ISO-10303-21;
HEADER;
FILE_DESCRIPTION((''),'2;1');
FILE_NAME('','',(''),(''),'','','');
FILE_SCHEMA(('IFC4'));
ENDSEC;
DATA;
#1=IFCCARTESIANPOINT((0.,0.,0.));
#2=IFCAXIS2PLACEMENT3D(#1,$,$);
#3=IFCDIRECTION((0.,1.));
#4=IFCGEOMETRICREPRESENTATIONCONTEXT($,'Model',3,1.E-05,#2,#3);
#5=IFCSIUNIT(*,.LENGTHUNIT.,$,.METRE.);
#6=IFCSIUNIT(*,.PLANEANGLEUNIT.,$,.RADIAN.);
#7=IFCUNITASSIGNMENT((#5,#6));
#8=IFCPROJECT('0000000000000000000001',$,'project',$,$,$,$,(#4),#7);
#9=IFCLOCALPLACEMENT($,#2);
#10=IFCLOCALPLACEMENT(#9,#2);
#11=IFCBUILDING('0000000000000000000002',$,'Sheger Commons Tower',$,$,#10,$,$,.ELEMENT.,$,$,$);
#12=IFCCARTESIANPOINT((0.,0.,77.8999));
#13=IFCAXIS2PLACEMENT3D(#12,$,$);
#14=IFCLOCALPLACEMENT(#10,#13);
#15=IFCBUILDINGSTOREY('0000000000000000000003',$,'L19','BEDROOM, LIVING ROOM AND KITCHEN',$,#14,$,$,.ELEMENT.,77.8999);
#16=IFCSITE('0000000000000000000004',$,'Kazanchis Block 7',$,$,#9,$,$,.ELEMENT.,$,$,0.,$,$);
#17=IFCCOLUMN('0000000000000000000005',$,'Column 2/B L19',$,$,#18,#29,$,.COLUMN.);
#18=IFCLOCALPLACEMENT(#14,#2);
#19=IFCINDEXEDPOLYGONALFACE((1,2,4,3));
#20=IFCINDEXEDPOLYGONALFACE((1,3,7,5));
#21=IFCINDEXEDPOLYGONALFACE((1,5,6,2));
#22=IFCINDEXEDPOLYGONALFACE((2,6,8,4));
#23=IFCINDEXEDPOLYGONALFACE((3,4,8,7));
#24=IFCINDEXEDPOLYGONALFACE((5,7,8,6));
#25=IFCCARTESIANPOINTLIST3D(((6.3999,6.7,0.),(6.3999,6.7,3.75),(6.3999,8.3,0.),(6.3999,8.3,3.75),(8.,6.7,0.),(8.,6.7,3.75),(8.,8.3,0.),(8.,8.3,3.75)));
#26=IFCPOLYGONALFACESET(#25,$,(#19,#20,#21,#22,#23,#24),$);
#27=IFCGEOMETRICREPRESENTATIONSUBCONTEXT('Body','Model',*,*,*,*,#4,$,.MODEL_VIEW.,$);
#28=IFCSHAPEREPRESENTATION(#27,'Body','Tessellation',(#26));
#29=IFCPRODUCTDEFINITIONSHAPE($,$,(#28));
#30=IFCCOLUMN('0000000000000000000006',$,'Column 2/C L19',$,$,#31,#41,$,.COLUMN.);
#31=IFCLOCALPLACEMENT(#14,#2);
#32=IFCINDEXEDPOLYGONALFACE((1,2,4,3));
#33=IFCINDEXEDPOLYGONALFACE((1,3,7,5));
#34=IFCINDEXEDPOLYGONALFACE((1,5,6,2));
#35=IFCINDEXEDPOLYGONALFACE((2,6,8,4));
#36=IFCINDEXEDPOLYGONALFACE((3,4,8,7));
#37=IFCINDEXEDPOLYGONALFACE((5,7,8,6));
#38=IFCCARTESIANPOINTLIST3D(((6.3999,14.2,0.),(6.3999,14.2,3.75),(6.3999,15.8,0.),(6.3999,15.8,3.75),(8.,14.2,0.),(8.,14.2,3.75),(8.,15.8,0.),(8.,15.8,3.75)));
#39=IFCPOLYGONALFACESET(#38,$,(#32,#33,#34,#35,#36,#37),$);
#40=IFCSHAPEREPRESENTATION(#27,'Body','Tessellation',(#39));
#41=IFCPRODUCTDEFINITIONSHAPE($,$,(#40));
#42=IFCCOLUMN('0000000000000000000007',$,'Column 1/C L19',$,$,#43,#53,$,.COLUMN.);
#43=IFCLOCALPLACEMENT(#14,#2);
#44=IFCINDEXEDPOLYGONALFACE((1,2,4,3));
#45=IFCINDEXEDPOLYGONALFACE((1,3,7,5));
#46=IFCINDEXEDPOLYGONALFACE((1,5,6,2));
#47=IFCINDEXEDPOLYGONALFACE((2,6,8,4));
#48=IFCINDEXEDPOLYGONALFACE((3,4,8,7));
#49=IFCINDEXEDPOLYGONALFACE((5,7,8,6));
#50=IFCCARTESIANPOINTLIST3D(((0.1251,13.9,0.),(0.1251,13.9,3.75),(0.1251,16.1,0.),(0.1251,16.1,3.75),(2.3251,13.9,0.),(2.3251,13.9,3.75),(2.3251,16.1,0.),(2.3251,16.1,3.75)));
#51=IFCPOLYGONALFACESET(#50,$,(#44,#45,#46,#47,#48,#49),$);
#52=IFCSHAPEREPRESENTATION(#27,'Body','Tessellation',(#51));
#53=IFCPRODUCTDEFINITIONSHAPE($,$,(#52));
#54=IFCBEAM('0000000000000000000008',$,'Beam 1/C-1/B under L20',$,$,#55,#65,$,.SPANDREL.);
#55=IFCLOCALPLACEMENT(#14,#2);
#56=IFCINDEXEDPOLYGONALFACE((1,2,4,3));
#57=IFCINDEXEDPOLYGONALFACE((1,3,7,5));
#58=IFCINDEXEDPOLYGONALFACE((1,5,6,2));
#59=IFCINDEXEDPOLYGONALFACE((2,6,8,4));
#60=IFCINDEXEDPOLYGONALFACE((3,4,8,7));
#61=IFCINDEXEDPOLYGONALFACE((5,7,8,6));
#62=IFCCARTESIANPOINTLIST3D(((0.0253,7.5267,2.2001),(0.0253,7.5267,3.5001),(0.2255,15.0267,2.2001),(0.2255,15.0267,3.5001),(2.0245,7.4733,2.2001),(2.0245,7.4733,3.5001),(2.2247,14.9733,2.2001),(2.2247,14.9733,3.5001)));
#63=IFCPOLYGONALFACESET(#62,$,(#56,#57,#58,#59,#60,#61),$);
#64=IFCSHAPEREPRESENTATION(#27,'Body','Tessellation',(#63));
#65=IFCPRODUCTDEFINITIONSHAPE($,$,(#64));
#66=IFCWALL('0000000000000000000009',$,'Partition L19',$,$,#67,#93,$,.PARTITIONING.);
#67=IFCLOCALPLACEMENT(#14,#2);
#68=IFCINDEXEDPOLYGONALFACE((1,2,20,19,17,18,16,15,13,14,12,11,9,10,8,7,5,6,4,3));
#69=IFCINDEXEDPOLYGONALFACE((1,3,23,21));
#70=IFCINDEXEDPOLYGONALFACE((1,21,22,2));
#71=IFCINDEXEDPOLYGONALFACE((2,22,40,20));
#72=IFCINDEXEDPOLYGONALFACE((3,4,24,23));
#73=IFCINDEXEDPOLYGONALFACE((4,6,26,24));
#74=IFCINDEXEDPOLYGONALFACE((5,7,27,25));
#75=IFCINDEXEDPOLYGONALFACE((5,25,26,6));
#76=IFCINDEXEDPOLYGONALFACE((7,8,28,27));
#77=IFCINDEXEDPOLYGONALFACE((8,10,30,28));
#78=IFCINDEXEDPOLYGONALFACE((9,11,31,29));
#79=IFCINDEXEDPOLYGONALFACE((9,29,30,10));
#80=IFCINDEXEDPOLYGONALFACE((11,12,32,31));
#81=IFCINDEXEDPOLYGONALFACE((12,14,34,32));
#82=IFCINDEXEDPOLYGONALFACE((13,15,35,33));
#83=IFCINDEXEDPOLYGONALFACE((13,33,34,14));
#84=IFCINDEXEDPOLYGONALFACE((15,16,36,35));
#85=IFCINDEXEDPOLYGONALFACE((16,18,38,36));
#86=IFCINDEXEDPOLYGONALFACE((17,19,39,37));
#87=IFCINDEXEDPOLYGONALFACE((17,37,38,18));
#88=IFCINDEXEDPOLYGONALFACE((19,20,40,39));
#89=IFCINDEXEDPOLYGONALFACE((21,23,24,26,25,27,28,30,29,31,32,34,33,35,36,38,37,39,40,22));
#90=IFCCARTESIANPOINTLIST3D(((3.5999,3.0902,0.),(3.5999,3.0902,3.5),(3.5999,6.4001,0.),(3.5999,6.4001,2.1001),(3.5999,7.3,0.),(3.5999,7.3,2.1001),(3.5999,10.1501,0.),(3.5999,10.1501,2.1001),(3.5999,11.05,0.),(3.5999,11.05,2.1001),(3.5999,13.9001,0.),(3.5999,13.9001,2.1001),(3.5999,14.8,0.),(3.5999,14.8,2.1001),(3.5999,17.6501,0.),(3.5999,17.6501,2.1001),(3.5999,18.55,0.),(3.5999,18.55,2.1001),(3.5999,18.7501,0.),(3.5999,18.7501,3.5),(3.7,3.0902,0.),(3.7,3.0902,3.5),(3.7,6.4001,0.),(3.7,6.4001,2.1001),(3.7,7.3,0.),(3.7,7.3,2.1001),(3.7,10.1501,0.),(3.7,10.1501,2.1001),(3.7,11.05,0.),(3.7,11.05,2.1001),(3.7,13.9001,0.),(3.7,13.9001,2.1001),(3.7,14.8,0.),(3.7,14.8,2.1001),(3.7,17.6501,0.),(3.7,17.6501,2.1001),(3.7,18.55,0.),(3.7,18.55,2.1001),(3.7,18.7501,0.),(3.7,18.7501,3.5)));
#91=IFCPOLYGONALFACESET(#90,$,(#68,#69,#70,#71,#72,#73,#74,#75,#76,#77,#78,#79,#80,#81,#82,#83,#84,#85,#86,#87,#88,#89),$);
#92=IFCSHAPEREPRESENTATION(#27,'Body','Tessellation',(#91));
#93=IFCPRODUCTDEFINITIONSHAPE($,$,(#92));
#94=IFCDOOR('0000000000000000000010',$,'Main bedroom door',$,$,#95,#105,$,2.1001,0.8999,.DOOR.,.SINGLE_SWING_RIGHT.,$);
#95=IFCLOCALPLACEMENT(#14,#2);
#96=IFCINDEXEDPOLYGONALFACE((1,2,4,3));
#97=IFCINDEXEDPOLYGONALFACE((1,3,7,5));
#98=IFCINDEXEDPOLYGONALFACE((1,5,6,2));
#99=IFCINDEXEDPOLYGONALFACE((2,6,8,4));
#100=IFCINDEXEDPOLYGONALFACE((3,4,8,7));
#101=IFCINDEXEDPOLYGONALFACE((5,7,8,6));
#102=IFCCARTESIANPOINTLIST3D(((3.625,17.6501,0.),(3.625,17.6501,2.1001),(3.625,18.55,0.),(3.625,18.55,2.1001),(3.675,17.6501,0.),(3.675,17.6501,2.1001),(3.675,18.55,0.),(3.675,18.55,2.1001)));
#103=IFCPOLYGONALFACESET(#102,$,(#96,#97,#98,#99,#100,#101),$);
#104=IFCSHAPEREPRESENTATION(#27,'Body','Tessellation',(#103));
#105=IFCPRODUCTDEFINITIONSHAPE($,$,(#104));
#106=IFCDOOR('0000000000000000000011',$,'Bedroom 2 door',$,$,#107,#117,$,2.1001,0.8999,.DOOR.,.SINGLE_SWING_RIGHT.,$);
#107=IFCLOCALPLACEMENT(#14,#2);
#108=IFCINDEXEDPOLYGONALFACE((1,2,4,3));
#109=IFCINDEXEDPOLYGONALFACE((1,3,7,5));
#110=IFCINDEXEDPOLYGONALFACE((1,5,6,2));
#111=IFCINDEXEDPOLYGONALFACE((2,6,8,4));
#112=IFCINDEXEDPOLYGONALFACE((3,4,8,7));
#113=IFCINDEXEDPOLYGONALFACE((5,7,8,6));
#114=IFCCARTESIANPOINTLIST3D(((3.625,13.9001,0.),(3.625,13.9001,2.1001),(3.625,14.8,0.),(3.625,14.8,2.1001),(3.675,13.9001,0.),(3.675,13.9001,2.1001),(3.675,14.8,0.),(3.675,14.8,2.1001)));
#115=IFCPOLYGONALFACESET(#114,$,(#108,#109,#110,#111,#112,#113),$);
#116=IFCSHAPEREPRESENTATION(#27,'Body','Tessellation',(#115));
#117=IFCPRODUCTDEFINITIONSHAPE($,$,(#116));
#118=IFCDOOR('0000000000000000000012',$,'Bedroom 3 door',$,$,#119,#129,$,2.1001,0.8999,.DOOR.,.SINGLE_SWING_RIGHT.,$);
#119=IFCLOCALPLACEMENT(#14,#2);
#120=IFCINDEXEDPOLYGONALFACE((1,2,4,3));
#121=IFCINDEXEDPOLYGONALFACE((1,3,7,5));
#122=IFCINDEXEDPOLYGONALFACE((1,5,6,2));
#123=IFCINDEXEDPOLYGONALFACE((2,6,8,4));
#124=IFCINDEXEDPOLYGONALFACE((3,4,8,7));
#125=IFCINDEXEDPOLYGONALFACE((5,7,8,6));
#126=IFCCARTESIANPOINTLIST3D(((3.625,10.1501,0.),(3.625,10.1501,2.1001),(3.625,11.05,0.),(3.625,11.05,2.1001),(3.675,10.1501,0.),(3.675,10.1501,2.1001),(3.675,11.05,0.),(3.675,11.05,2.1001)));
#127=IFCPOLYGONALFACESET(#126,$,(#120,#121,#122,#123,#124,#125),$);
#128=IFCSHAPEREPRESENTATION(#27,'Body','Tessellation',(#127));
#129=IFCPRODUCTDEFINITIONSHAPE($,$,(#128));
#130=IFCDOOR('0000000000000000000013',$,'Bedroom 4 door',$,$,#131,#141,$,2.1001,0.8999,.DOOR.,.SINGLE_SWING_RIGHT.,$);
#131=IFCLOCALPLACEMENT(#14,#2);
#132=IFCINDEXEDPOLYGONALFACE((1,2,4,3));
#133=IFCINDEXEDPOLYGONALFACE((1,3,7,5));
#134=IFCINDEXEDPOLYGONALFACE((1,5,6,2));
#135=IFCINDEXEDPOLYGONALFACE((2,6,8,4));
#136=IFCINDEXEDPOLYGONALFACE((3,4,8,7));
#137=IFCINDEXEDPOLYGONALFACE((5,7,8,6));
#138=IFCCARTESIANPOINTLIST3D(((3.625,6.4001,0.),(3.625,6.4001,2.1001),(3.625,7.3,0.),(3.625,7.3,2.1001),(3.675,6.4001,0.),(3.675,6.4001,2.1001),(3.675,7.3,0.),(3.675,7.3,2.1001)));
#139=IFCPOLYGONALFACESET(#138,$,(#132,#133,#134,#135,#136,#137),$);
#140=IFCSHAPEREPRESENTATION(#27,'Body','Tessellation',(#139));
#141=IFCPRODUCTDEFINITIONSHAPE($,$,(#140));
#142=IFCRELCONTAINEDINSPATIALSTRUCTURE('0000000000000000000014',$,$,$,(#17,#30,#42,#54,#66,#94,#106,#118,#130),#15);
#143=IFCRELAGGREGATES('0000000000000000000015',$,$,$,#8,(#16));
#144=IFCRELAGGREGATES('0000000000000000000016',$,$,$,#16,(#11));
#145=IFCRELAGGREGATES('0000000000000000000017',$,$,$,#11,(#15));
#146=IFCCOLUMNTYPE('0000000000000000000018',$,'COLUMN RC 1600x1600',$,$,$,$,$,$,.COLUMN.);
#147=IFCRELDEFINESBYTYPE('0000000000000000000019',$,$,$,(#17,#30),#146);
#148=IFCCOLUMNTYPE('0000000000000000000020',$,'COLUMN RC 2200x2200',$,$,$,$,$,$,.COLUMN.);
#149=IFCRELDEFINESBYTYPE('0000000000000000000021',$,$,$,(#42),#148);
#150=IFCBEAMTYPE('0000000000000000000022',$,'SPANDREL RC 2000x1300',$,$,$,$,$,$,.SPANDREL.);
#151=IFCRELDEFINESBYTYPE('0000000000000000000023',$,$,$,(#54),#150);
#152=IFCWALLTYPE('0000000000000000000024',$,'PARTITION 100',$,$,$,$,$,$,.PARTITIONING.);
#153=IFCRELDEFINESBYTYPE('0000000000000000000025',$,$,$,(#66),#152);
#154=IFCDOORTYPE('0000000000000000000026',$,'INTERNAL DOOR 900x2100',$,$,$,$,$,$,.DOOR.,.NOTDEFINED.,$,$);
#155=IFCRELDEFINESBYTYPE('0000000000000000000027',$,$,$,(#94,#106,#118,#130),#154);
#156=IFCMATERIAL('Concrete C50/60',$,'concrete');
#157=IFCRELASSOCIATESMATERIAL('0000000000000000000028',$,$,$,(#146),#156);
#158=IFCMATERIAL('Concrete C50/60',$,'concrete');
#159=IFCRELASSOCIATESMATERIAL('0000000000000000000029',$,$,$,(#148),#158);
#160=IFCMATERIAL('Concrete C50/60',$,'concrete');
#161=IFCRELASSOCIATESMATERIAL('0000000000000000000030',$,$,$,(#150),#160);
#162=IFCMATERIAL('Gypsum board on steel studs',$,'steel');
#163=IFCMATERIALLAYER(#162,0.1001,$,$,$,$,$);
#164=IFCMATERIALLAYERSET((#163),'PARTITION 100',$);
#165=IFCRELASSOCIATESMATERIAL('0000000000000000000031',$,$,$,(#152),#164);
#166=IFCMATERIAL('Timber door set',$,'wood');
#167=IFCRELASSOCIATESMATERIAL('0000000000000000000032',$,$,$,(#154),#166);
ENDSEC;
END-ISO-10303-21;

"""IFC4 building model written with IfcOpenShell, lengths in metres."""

from ifc_helpers import new_model, si_unit, direction, frame, frame_2d, origin, origin_2d, place, context, subcontext, project, spatial, rectangle, extrude, material, layer, layer_set, material_profile, profile_set, type_object, element, fill, save


model = new_model("IFC4")

# Units and contexts
model_context = context("Model", 3, precision=1e-05, world=origin(), true_north=direction((0.0, 1.0)))
body_context = subcontext(model_context, "Body", "Model", "MODEL_VIEW")
ifc_project = project(units=[si_unit("LENGTHUNIT", "METRE"), si_unit("PLANEANGLEUNIT", "RADIAN")], contexts=[model_context])

# Site, building, storey
site_placement = place(None, origin())
site = spatial("IfcSite", under=ifc_project, at=site_placement, Name="Kazanchis Block 7", CompositionType="ELEMENT", RefElevation=0.0)
building_placement = place(site_placement, origin())
building = spatial("IfcBuilding", under=site, at=building_placement, Name="Sheger Commons Tower", CompositionType="ELEMENT")
storey_placement = place(building_placement, frame((0.0, 0.0, 77.8999)))
storey = spatial("IfcBuildingStorey", under=building, at=storey_placement, Name="L19", Description="BEDROOM, LIVING ROOM AND KITCHEN", CompositionType="ELEMENT", Elevation=77.8999)

# Columns
ifc_material_1 = material(Name="Concrete C50/60", Category="concrete")
ifc_material_profile_1 = material_profile(ifc_material_1, rectangle(XDim=1.6001, YDim=1.6001, at=origin_2d()), Name="RC 1600x1600")
ifc_profile_set_1 = profile_set([ifc_material_profile_1], Name="Concrete C50/60")
column_type_1 = type_object("IfcColumnType", Name="COLUMN RC 1600x1600", PredefinedType="COLUMN", material=ifc_profile_set_1)
for number, where, z_axis, x_axis, name in (
    (1, (7.2, 7.5, 0.0), (0.0, 0.0, 1.0), (1.0, 0.0, 0.0), "Column 2/B L19"),
    (2, (7.2, 15.0, 0.0), (0.0, 0.0, 1.0), (1.0, 0.0, 0.0), "Column 2/C L19"),
):
    element("IfcColumn", number, at=place(storey_placement, frame(where, z_axis=z_axis, x_axis=x_axis)), inside=storey, type_object=column_type_1, Name=name, PredefinedType="COLUMN", context=body_context, shape_type="SweptSolid", body=[
        extrude(rectangle(XDim=1.6001, YDim=1.6001, at=origin_2d()), origin(), (0.0, 0.0, 1.0), 3.75),
    ])
ifc_material_2 = material(Name="Concrete C50/60", Category="concrete")
ifc_material_profile_2 = material_profile(ifc_material_2, rectangle(XDim=2.2, YDim=2.2, at=origin_2d()), Name="RC 2200x2200")
ifc_profile_set_2 = profile_set([ifc_material_profile_2], Name="Concrete C50/60")
column_type_2 = type_object("IfcColumnType", Name="COLUMN RC 2200x2200", PredefinedType="COLUMN", material=ifc_profile_set_2)
column_placement = place(storey_placement, frame((1.2251, 15.0, 0.0), z_axis=(0.0, 0.0, 1.0), x_axis=(1.0, 0.0, 0.0)))
element("IfcColumn", 3, at=column_placement, inside=storey, type_object=column_type_2, Name="Column 1/C L19", PredefinedType="COLUMN", context=body_context, shape_type="SweptSolid", body=[
    extrude(rectangle(XDim=2.2, YDim=2.2, at=origin_2d()), origin(), (0.0, 0.0, 1.0), 3.75),
])

# Beam
ifc_material_3 = material(Name="Concrete C50/60", Category="concrete")
ifc_material_profile_3 = material_profile(ifc_material_3, rectangle(XDim=2.0, YDim=1.3, at=origin_2d()), Name="RC 2000x1300")
ifc_profile_set_3 = profile_set([ifc_material_profile_3], Name="Concrete C50/60")
beam_type = type_object("IfcBeamType", Name="SPANDREL RC 2000x1300", PredefinedType="SPANDREL", material=ifc_profile_set_3)
beam_placement = place(storey_placement, frame((1.2251, 15.0, 2.8501), z_axis=(-0.026683, -0.999644, 0.0), x_axis=(0.999644, -0.026683, 0.0)))
element("IfcBeam", 4, at=beam_placement, inside=storey, type_object=beam_type, Name="Beam 1/C-1/B under L20", PredefinedType="SPANDREL", context=body_context, shape_type="SweptSolid", body=[
    extrude(rectangle(XDim=2.0, YDim=1.3, at=origin_2d()), origin(), (0.0, 0.0, 1.0), 7.5027),
])

# Wall, openings, doors
ifc_material_4 = material(Name="Gypsum board on steel studs", Category="steel")
ifc_layer = layer(ifc_material_4, 0.1001)
ifc_layer_set = layer_set([ifc_layer], Name="PARTITION 100")
wall_type = type_object("IfcWallType", Name="PARTITION 100", PredefinedType="PARTITIONING", material=ifc_layer_set)
wall_1_placement = place(storey_placement, frame((3.6499, 3.0901, 0.0), z_axis=(0.0, 0.0, 1.0), x_axis=(0.0, 1.0, 0.0)))
wall_1 = element("IfcWall", 5, at=wall_1_placement, inside=storey, type_object=wall_type, Name="Partition L19", PredefinedType="PARTITIONING", context=body_context, shape_type="SweptSolid", body=[
    extrude(rectangle(XDim=15.6599, YDim=0.1001, at=frame_2d((7.8301, 0.0))), origin(), (0.0, 0.0, 1.0), 3.5),
])
opening_1_placement = place(wall_1_placement, frame((14.5601, 0.0, 0.0)))
opening_1 = element("IfcOpeningElement", 6, at=opening_1_placement, cuts=wall_1, PredefinedType="OPENING", context=body_context, shape_type="SweptSolid", body=[
    extrude(rectangle(XDim=0.8999, YDim=2.1001, at=frame_2d((0.45, 1.05))), frame((0.0, 0.0601, 0.0), z_axis=(0.0, -1.0, 0.0), x_axis=(1.0, 0.0, 0.0)), (0.0, 0.0, 1.0), 0.1201),
])
opening_2_placement = place(wall_1_placement, frame((10.8101, 0.0, 0.0)))
opening_2 = element("IfcOpeningElement", 7, at=opening_2_placement, cuts=wall_1, PredefinedType="OPENING", context=body_context, shape_type="SweptSolid", body=[
    extrude(rectangle(XDim=0.8999, YDim=2.1001, at=frame_2d((0.45, 1.05))), frame((0.0, 0.0601, 0.0), z_axis=(0.0, -1.0, 0.0), x_axis=(1.0, 0.0, 0.0)), (0.0, 0.0, 1.0), 0.1201),
])
opening_3_placement = place(wall_1_placement, frame((7.0601, 0.0, 0.0)))
opening_3 = element("IfcOpeningElement", 8, at=opening_3_placement, cuts=wall_1, PredefinedType="OPENING", context=body_context, shape_type="SweptSolid", body=[
    extrude(rectangle(XDim=0.8999, YDim=2.1001, at=frame_2d((0.45, 1.05))), frame((0.0, 0.0601, 0.0), z_axis=(0.0, -1.0, 0.0), x_axis=(1.0, 0.0, 0.0)), (0.0, 0.0, 1.0), 0.1201),
])
opening_4_placement = place(wall_1_placement, frame((3.3101, 0.0, 0.0)))
opening_4 = element("IfcOpeningElement", 9, at=opening_4_placement, cuts=wall_1, PredefinedType="OPENING", context=body_context, shape_type="SweptSolid", body=[
    extrude(rectangle(XDim=0.8999, YDim=2.1001, at=frame_2d((0.45, 1.05))), frame((0.0, 0.0601, 0.0), z_axis=(0.0, -1.0, 0.0), x_axis=(1.0, 0.0, 0.0)), (0.0, 0.0, 1.0), 0.1201),
])
ifc_material_5 = material(Name="Timber door set", Category="wood")
door_type = type_object("IfcDoorType", Name="INTERNAL DOOR 900x2100", OperationType="NOTDEFINED", PredefinedType="DOOR", material=ifc_material_5)
door_1_placement = place(opening_1_placement, origin())
door_1 = element("IfcDoor", 10, at=door_1_placement, inside=storey, type_object=door_type, Name="Main bedroom door", OperationType="SINGLE_SWING_RIGHT", OverallHeight=2.1001, OverallWidth=0.8999, PredefinedType="DOOR", context=body_context, shape_type="SweptSolid", body=[
    extrude(rectangle(XDim=0.8999, YDim=2.1001, at=frame_2d((0.45, 1.05))), frame((0.0, 0.0249, 0.0), z_axis=(0.0, -1.0, 0.0), x_axis=(1.0, 0.0, 0.0)), (0.0, 0.0, 1.0), 0.05),
])
fill(opening_1, door_1)
door_2_placement = place(opening_2_placement, origin())
door_2 = element("IfcDoor", 11, at=door_2_placement, inside=storey, type_object=door_type, Name="Bedroom 2 door", OperationType="SINGLE_SWING_RIGHT", OverallHeight=2.1001, OverallWidth=0.8999, PredefinedType="DOOR", context=body_context, shape_type="SweptSolid", body=[
    extrude(rectangle(XDim=0.8999, YDim=2.1001, at=frame_2d((0.45, 1.05))), frame((0.0, 0.0249, 0.0), z_axis=(0.0, -1.0, 0.0), x_axis=(1.0, 0.0, 0.0)), (0.0, 0.0, 1.0), 0.05),
])
fill(opening_2, door_2)
door_3_placement = place(opening_3_placement, origin())
door_3 = element("IfcDoor", 12, at=door_3_placement, inside=storey, type_object=door_type, Name="Bedroom 3 door", OperationType="SINGLE_SWING_RIGHT", OverallHeight=2.1001, OverallWidth=0.8999, PredefinedType="DOOR", context=body_context, shape_type="SweptSolid", body=[
    extrude(rectangle(XDim=0.8999, YDim=2.1001, at=frame_2d((0.45, 1.05))), frame((0.0, 0.0249, 0.0), z_axis=(0.0, -1.0, 0.0), x_axis=(1.0, 0.0, 0.0)), (0.0, 0.0, 1.0), 0.05),
])
fill(opening_3, door_3)
door_4_placement = place(opening_4_placement, origin())
door_4 = element("IfcDoor", 13, at=door_4_placement, inside=storey, type_object=door_type, Name="Bedroom 4 door", OperationType="SINGLE_SWING_RIGHT", OverallHeight=2.1001, OverallWidth=0.8999, PredefinedType="DOOR", context=body_context, shape_type="SweptSolid", body=[
    extrude(rectangle(XDim=0.8999, YDim=2.1001, at=frame_2d((0.45, 1.05))), frame((0.0, 0.0249, 0.0), z_axis=(0.0, -1.0, 0.0), x_axis=(1.0, 0.0, 0.0)), (0.0, 0.0, 1.0), 0.05),
])
fill(opening_4, door_4)

save(model, "model.ifc")
